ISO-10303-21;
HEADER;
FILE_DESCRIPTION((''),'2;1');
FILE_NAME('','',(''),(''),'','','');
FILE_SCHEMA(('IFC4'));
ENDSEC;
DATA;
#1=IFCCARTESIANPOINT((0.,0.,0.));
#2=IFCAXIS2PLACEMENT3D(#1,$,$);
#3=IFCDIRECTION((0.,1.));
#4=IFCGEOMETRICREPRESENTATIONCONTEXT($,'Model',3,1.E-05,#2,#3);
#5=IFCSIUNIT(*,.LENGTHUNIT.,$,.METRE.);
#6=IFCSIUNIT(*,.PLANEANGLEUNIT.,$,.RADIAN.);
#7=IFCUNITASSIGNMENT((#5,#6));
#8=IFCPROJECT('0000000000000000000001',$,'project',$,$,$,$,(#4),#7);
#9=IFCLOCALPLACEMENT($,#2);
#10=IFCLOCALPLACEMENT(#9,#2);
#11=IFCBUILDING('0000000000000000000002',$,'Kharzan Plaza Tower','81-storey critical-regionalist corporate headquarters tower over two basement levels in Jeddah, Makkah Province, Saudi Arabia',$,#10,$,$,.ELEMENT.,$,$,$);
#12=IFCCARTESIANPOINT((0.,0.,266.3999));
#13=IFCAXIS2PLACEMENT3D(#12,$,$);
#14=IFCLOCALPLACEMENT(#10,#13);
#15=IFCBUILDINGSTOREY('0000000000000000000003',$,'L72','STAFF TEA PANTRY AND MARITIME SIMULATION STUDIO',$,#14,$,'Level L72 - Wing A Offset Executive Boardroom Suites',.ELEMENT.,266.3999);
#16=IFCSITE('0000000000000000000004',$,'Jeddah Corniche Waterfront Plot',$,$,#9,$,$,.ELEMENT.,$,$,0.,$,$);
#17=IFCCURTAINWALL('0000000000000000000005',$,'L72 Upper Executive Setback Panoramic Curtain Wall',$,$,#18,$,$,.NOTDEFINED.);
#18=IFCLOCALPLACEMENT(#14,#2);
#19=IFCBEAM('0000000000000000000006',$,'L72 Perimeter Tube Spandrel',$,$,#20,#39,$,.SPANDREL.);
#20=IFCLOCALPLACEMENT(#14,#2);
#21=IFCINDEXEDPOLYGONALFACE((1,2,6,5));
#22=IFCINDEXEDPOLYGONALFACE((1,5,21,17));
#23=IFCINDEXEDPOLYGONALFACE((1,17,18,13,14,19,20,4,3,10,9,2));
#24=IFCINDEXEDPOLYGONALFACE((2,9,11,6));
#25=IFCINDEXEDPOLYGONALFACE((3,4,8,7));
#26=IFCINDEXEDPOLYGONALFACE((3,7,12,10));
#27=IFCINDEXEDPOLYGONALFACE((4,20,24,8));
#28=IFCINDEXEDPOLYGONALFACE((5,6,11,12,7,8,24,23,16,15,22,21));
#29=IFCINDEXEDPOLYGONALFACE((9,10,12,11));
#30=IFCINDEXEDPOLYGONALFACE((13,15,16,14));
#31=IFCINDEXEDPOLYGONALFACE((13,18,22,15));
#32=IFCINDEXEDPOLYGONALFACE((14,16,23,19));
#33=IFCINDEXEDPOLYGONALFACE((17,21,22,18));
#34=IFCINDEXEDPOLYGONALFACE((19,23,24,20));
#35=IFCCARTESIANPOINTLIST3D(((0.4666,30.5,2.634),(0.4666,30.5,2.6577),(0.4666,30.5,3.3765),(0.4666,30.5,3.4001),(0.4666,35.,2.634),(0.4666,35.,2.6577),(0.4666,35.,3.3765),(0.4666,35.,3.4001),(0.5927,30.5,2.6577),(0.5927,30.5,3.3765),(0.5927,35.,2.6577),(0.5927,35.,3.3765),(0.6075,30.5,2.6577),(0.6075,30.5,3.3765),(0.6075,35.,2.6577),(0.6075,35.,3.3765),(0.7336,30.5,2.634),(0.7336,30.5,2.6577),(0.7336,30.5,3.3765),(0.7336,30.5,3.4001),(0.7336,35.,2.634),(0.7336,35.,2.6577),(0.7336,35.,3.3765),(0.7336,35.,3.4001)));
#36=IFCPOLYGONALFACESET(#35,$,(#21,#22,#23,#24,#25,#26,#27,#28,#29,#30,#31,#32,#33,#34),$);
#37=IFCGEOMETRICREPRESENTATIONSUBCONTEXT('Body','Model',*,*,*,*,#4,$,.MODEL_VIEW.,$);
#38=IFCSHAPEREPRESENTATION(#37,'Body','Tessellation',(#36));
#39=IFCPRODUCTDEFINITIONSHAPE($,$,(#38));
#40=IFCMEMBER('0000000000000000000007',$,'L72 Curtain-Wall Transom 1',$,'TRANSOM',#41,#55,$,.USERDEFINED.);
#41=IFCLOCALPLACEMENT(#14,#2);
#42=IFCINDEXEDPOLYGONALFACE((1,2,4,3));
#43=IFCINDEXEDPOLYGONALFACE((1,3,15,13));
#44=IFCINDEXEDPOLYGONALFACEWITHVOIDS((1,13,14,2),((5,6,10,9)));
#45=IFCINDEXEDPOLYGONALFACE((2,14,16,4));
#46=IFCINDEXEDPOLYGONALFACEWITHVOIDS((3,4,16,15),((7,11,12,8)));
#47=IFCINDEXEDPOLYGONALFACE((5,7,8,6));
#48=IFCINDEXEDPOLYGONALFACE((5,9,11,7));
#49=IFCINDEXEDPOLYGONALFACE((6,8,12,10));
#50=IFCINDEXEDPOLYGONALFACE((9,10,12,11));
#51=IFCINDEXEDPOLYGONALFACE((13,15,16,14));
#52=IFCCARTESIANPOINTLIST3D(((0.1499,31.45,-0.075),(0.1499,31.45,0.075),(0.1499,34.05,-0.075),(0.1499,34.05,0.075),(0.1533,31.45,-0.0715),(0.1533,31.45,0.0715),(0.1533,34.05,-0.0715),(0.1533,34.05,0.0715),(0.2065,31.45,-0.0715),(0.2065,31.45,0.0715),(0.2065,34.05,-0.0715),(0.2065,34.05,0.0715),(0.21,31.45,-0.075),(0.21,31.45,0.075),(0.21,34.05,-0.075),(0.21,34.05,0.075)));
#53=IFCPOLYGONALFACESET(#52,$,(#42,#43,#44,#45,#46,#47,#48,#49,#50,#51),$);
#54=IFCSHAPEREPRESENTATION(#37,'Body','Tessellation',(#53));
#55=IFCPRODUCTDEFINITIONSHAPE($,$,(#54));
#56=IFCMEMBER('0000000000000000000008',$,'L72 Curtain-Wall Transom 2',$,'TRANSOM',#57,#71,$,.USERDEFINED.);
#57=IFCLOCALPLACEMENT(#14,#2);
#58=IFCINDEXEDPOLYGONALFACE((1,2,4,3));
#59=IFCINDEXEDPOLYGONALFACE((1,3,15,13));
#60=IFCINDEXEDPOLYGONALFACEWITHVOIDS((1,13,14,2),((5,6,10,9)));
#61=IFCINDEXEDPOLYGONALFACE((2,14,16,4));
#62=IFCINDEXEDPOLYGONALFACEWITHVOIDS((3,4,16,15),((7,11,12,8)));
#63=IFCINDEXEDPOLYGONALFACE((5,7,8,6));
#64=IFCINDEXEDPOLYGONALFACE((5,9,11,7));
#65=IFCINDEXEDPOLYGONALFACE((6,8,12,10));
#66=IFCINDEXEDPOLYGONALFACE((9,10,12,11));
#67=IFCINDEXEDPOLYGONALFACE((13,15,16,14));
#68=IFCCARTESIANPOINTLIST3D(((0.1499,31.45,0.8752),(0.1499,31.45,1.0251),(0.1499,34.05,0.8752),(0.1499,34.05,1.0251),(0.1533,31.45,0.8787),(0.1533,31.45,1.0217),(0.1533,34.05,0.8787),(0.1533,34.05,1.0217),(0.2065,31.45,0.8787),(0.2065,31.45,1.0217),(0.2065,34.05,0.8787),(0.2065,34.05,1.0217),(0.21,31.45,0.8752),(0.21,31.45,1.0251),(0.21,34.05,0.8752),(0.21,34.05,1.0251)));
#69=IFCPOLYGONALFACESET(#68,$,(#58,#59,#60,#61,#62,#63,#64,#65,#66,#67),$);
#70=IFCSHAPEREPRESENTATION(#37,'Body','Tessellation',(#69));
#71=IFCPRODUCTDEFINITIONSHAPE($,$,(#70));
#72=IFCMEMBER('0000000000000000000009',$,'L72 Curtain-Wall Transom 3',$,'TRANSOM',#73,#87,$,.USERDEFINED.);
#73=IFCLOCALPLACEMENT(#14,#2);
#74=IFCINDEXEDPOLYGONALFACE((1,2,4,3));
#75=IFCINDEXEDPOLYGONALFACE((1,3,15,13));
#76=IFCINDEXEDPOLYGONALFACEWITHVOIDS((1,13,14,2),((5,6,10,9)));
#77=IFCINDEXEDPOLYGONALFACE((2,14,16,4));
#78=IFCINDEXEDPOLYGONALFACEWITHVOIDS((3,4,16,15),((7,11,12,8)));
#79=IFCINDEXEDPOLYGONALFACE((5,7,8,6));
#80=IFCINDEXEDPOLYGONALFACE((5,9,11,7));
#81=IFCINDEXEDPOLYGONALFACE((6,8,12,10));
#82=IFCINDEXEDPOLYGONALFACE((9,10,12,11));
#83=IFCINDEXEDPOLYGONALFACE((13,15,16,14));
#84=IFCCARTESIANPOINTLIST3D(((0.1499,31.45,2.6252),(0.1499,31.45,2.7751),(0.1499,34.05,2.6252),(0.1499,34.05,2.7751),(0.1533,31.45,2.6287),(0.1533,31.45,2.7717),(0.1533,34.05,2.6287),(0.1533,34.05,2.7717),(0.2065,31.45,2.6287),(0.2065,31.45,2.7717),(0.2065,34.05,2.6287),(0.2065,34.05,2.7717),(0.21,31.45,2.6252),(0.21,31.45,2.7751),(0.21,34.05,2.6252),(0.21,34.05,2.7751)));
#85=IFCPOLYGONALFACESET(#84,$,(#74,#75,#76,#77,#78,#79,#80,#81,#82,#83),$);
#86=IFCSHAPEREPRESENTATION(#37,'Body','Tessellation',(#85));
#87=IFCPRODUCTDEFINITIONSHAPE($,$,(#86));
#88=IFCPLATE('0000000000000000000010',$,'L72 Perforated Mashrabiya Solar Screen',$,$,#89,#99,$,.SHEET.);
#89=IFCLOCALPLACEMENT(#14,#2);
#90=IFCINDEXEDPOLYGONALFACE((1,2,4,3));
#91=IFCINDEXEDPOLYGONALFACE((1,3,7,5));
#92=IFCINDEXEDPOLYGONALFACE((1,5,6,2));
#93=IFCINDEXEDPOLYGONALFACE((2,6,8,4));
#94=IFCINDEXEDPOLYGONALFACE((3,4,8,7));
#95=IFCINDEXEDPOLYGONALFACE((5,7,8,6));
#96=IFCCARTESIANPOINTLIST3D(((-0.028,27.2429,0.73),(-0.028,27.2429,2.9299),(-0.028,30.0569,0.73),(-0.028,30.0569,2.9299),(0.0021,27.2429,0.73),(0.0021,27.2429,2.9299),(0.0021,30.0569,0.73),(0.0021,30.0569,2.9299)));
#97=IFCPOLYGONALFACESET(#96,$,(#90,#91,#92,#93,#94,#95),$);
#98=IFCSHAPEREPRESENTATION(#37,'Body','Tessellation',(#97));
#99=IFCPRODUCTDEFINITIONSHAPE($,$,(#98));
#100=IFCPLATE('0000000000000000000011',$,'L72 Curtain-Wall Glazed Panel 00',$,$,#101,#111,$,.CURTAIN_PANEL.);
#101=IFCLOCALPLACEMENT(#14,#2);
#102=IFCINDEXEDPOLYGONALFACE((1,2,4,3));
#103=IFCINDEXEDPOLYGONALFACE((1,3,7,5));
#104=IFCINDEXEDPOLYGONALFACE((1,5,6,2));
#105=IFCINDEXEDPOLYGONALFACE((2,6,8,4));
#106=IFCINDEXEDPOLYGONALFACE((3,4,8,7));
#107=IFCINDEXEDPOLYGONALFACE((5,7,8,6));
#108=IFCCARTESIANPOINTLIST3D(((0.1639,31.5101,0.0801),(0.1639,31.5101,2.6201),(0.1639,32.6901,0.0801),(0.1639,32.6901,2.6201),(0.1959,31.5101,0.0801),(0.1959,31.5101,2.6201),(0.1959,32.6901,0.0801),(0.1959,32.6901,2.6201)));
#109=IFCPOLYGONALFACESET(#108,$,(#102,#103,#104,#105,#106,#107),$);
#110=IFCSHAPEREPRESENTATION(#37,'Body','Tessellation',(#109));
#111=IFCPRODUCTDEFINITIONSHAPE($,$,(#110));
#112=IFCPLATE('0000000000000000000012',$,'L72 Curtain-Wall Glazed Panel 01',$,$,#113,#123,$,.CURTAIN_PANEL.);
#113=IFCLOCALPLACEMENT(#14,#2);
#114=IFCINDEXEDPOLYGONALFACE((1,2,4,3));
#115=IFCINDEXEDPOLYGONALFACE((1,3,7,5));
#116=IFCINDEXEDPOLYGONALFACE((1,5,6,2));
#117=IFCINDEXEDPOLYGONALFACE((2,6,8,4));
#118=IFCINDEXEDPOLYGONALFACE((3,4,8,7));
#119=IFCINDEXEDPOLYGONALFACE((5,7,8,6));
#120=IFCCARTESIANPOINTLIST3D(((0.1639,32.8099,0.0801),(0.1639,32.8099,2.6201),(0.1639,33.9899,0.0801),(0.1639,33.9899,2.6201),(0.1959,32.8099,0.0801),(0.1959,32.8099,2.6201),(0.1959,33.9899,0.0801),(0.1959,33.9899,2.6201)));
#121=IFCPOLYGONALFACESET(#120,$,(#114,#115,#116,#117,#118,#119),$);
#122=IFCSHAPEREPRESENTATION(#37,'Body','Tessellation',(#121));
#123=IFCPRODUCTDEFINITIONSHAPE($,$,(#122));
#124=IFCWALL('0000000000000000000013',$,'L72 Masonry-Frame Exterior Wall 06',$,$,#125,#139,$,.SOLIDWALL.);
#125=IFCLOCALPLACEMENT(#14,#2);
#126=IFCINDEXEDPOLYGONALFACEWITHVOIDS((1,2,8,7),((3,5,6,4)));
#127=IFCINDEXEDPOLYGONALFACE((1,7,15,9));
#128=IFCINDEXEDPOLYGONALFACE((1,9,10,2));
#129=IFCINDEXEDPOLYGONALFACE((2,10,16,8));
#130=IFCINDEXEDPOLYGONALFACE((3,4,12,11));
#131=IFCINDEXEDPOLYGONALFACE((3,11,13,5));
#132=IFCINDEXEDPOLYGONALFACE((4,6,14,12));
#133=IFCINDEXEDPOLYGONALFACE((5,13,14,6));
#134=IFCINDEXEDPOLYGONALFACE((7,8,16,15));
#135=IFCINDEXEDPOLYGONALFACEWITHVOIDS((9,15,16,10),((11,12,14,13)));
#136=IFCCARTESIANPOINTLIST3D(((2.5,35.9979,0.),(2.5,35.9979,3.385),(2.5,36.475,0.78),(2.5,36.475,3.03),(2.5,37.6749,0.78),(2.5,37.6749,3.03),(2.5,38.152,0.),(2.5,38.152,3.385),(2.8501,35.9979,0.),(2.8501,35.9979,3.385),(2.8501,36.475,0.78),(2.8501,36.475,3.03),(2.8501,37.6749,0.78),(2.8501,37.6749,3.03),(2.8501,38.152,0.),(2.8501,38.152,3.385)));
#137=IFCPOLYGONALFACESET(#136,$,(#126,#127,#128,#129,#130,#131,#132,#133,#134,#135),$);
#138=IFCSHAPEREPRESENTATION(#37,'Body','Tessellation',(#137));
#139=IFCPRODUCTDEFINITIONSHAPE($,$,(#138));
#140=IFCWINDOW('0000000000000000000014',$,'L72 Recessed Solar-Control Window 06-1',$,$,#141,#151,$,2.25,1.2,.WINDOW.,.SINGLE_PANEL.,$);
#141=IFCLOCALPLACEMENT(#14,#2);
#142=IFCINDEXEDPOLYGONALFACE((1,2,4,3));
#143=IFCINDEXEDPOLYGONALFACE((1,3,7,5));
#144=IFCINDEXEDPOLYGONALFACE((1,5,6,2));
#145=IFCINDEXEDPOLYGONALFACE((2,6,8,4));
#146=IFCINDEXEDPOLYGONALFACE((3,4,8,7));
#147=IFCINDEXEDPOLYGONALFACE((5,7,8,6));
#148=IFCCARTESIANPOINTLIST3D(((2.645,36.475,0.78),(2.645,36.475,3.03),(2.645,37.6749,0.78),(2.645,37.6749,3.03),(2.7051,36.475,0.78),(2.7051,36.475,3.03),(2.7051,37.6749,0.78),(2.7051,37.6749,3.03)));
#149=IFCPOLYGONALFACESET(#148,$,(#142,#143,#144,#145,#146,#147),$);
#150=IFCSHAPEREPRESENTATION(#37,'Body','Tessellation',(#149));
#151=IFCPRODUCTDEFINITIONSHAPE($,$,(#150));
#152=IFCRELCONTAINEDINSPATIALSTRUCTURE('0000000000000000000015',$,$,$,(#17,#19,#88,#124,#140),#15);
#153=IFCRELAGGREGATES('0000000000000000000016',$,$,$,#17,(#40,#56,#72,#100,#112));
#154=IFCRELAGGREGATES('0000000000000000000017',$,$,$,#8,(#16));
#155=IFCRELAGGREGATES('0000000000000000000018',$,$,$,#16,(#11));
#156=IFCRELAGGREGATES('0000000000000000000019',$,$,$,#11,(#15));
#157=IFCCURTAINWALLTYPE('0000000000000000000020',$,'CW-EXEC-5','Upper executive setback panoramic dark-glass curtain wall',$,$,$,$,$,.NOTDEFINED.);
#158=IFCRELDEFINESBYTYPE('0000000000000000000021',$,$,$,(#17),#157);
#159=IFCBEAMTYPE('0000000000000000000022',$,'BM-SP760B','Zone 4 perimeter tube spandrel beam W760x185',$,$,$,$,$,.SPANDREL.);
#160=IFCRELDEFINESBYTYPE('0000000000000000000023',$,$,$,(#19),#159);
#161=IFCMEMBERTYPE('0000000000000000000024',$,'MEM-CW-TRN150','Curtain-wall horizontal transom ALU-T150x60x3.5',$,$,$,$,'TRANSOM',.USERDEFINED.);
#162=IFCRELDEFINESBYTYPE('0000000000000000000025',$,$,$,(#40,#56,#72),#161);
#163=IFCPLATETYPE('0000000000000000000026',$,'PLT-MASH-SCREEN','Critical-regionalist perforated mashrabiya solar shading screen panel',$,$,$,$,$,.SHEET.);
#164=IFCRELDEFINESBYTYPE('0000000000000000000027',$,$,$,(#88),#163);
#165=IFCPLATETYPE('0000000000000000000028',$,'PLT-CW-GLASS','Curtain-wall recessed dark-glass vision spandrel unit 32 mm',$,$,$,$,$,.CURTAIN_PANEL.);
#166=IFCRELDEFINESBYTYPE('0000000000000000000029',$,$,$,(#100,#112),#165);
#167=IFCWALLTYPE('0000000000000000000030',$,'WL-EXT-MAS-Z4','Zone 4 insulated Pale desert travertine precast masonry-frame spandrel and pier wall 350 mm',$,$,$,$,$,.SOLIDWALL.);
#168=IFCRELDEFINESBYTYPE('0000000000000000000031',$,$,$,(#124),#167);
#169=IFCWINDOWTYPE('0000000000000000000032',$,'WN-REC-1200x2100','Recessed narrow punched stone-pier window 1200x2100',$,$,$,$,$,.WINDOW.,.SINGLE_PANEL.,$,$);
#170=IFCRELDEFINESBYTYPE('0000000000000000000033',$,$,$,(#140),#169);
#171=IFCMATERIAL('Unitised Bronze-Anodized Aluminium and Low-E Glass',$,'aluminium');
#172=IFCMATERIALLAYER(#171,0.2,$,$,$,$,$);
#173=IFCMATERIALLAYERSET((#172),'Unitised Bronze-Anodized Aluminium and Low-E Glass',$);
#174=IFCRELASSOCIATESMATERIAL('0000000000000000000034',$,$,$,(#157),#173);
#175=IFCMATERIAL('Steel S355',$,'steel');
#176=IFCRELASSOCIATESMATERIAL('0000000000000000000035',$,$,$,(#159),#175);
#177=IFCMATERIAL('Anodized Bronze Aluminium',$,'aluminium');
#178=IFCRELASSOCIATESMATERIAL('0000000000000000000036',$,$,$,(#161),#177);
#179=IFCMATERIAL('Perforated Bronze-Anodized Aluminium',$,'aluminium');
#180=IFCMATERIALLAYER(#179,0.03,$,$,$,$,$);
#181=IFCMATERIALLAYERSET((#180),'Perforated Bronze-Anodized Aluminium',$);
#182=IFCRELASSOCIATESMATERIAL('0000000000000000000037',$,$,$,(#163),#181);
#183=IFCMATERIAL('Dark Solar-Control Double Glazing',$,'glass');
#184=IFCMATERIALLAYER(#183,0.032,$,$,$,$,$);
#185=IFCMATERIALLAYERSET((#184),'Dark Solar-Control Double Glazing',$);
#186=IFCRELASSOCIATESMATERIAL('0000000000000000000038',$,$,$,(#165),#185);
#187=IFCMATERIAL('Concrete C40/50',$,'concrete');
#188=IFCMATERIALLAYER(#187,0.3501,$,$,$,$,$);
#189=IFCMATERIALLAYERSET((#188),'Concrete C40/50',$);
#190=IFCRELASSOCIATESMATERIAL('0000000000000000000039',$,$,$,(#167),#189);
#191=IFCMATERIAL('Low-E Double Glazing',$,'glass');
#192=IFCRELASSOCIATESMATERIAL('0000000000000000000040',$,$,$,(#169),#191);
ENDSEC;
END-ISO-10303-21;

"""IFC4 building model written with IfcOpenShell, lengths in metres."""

from ifc_helpers import new_model, si_unit, direction, frame, frame_2d, origin, origin_2d, place, context, subcontext, project, spatial, rectangle, hollow_rectangle, i_section, extrude, source, transform, mapped, material, layer, layer_set, material_profile, profile_set, type_object, element, fill, aggregate, save


model = new_model("IFC4")

# Units and contexts
model_context = context("Model", 3, precision=1e-05, world=origin(), true_north=direction((0.0, 1.0)))
body_context = subcontext(model_context, "Body", "Model", "MODEL_VIEW")
ifc_project = project(units=[si_unit("LENGTHUNIT", "METRE"), si_unit("PLANEANGLEUNIT", "RADIAN")], contexts=[model_context])

# Site, building, storey
site_placement = place(None, origin())
site = spatial("IfcSite", under=ifc_project, at=site_placement, Name="Jeddah Corniche Waterfront Plot", CompositionType="ELEMENT", RefElevation=0.0)
building_placement = place(site_placement, origin())
building = spatial("IfcBuilding", under=site, at=building_placement, Name="Kharzan Plaza Tower", Description="81-storey critical-regionalist corporate headquarters tower over two basement levels in Jeddah, Makkah Province, Saudi Arabia", CompositionType="ELEMENT")
storey_placement = place(building_placement, frame((0.0, 0.0, 266.3999)))
storey = spatial("IfcBuildingStorey", under=building, at=storey_placement, Name="L72", Description="STAFF TEA PANTRY AND MARITIME SIMULATION STUDIO", LongName="Level L72 - Wing A Offset Executive Boardroom Suites", CompositionType="ELEMENT", Elevation=266.3999)

# Shared definitions
ifc_material_1 = material(Name="Steel S355", Category="steel")

# Curtain wall
ifc_material_2 = material(Name="Unitised Bronze-Anodized Aluminium and Low-E Glass", Category="aluminium")
ifc_layer_1 = layer(ifc_material_2, 0.2)
ifc_layer_set_1 = layer_set([ifc_layer_1], Name="Unitised Bronze-Anodized Aluminium and Low-E Glass")
curtain_wall_type = type_object("IfcCurtainWallType", Name="CW-EXEC-5", Description="Upper executive setback panoramic dark-glass curtain wall", PredefinedType="NOTDEFINED", material=ifc_layer_set_1)
curtain_wall_placement = place(storey_placement, origin())
curtain_wall = element("IfcCurtainWall", 1, at=curtain_wall_placement, inside=storey, type_object=curtain_wall_type, Name="L72 Upper Executive Setback Panoramic Curtain Wall", PredefinedType="NOTDEFINED")
ifc_material_3 = material(Name="Anodized Bronze Aluminium", Category="aluminium")

# Beam
ifc_material_profile_1 = material_profile(ifc_material_1, i_section(OverallWidth=0.2671, OverallDepth=0.7661, WebThickness=0.0149, FlangeThickness=0.0237, at=origin_2d()), Name="W760x185")
ifc_profile_set_1 = profile_set([ifc_material_profile_1], Name="Steel S355")
beam_type_1 = type_object("IfcBeamType", Name="BM-SP760B", Description="Zone 4 perimeter tube spandrel beam W760x185", PredefinedType="SPANDREL", material=ifc_profile_set_1)
shared_shape_1 = source(origin(), body_context, "Body", "SweptSolid", [
    extrude(i_section(OverallWidth=0.2671, OverallDepth=0.7661, WebThickness=0.0149, FlangeThickness=0.0237, at=origin_2d()), origin(), (0.0, 0.0, 1.0), 4.5),
])
beam_1_placement = place(storey_placement, frame((0.6001, 30.5, 3.0171), z_axis=(0.0, 1.0, 0.0), x_axis=(-1.0, 0.0, 0.0)))
element("IfcBeam", 2, at=beam_1_placement, inside=storey, type_object=beam_type_1, Name="L72 Perimeter Tube Spandrel", PredefinedType="SPANDREL", context=body_context, shape_type="MappedRepresentation", body=[
    mapped(shared_shape_1, transform((0.0, 0.0, 0.0), x_axis=(1.0, 0.0, 0.0), y_axis=(0.0, 1.0, 0.0), z_axis=(0.0, 0.0, 1.0))),
])

# Members
ifc_material_profile_2 = material_profile(ifc_material_3, hollow_rectangle(XDim=0.0601, YDim=0.1499, WallThickness=0.0034, at=origin_2d()), Name="ALU-T150x60x3.5")
ifc_profile_set_2 = profile_set([ifc_material_profile_2], Name="Anodized Bronze Aluminium")
member_type_1 = type_object("IfcMemberType", Name="MEM-CW-TRN150", Description="Curtain-wall horizontal transom ALU-T150x60x3.5", ElementType="TRANSOM", PredefinedType="USERDEFINED", material=ifc_profile_set_2)
shared_shape_2 = source(origin(), body_context, "Body", "SweptSolid", [
    extrude(hollow_rectangle(XDim=0.0601, YDim=0.1499, WallThickness=0.0034, at=origin_2d()), origin(), (0.0, 0.0, 1.0), 2.6001),
])
member_1_placement = place(storey_placement, frame((0.1799, 31.45, 0.0), z_axis=(0.0, 1.0, 0.0), x_axis=(-1.0, 0.0, 0.0)))
member_1 = element("IfcMember", 3, at=member_1_placement, type_object=member_type_1, Name="L72 Curtain-Wall Transom 1", ObjectType="TRANSOM", PredefinedType="USERDEFINED", context=body_context, shape_type="MappedRepresentation", body=[
    mapped(shared_shape_2, transform((0.0, 0.0, 0.0), x_axis=(1.0, 0.0, 0.0), y_axis=(0.0, 1.0, 0.0), z_axis=(0.0, 0.0, 1.0))),
])
member_2_placement = place(storey_placement, frame((0.1799, 31.45, 0.9502), z_axis=(0.0, 1.0, 0.0), x_axis=(-1.0, 0.0, 0.0)))
member_2 = element("IfcMember", 4, at=member_2_placement, type_object=member_type_1, Name="L72 Curtain-Wall Transom 2", ObjectType="TRANSOM", PredefinedType="USERDEFINED", context=body_context, shape_type="MappedRepresentation", body=[
    mapped(shared_shape_2, transform((0.0, 0.0, 0.0), x_axis=(1.0, 0.0, 0.0), y_axis=(0.0, 1.0, 0.0), z_axis=(0.0, 0.0, 1.0))),
])
member_3_placement = place(storey_placement, frame((0.1799, 31.45, 2.7002), z_axis=(0.0, 1.0, 0.0), x_axis=(-1.0, 0.0, 0.0)))
member_3 = element("IfcMember", 5, at=member_3_placement, type_object=member_type_1, Name="L72 Curtain-Wall Transom 3", ObjectType="TRANSOM", PredefinedType="USERDEFINED", context=body_context, shape_type="MappedRepresentation", body=[
    mapped(shared_shape_2, transform((0.0, 0.0, 0.0), x_axis=(1.0, 0.0, 0.0), y_axis=(0.0, 1.0, 0.0), z_axis=(0.0, 0.0, 1.0))),
])

# Plates
ifc_material_4 = material(Name="Perforated Bronze-Anodized Aluminium", Category="aluminium")
ifc_layer_2 = layer(ifc_material_4, 0.03)
ifc_layer_set_2 = layer_set([ifc_layer_2], Name="Perforated Bronze-Anodized Aluminium")
plate_type_1 = type_object("IfcPlateType", Name="PLT-MASH-SCREEN", Description="Critical-regionalist perforated mashrabiya solar shading screen panel", PredefinedType="SHEET", material=ifc_layer_set_2)
shared_shape_3 = source(origin(), body_context, "Body", "SweptSolid", [
    extrude(rectangle(XDim=2.814, YDim=0.03, at=origin_2d()), origin(), (0.0, 0.0, 1.0), 2.2),
])
plate_1_placement = place(storey_placement, frame((-0.0129, 28.6499, 0.73), z_axis=(0.0, 0.0, 1.0), x_axis=(0.0, -1.0, 0.0)))
element("IfcPlate", 6, at=plate_1_placement, inside=storey, type_object=plate_type_1, Name="L72 Perforated Mashrabiya Solar Screen", PredefinedType="SHEET", context=body_context, shape_type="MappedRepresentation", body=[
    mapped(shared_shape_3, transform((0.0, 0.0, 0.0), x_axis=(1.0, 0.0, 0.0), y_axis=(0.0, 1.0, 0.0), z_axis=(0.0, 0.0, 1.0))),
])
ifc_material_5 = material(Name="Dark Solar-Control Double Glazing", Category="glass")
ifc_layer_3 = layer(ifc_material_5, 0.032)
ifc_layer_set_3 = layer_set([ifc_layer_3], Name="Dark Solar-Control Double Glazing")
plate_type_2 = type_object("IfcPlateType", Name="PLT-CW-GLASS", Description="Curtain-wall recessed dark-glass vision spandrel unit 32 mm", PredefinedType="CURTAIN_PANEL", material=ifc_layer_set_3)
shared_shape_4 = source(origin(), body_context, "Body", "SweptSolid", [
    extrude(rectangle(XDim=1.1799, YDim=0.032, at=origin_2d()), origin(), (0.0, 0.0, 1.0), 2.54),
])
plate_2_placement = place(storey_placement, frame((0.1799, 32.1001, 0.0801), z_axis=(0.0, 0.0, 1.0), x_axis=(0.0, 1.0, 0.0)))
plate_2 = element("IfcPlate", 7, at=plate_2_placement, type_object=plate_type_2, Name="L72 Curtain-Wall Glazed Panel 00", PredefinedType="CURTAIN_PANEL", context=body_context, shape_type="MappedRepresentation", body=[
    mapped(shared_shape_4, transform((0.0, 0.0, 0.0), x_axis=(1.0, 0.0, 0.0), y_axis=(0.0, 1.0, 0.0), z_axis=(0.0, 0.0, 1.0))),
])
plate_3_placement = place(storey_placement, frame((0.1799, 33.3999, 0.0801), z_axis=(0.0, 0.0, 1.0), x_axis=(0.0, 1.0, 0.0)))
plate_3 = element("IfcPlate", 8, at=plate_3_placement, type_object=plate_type_2, Name="L72 Curtain-Wall Glazed Panel 01", PredefinedType="CURTAIN_PANEL", context=body_context, shape_type="MappedRepresentation", body=[
    mapped(shared_shape_4, transform((0.0, 0.0, 0.0), x_axis=(1.0, 0.0, 0.0), y_axis=(0.0, 1.0, 0.0), z_axis=(0.0, 0.0, 1.0))),
])
aggregate(curtain_wall, [member_1, member_2, member_3, plate_2, plate_3])

# Wall, opening, window
ifc_material_6 = material(Name="Concrete C40/50", Category="concrete")
ifc_layer_4 = layer(ifc_material_6, 0.3501)
ifc_layer_set_4 = layer_set([ifc_layer_4], Name="Concrete C40/50")
wall_type_1 = type_object("IfcWallType", Name="WL-EXT-MAS-Z4", Description="Zone 4 insulated Pale desert travertine precast masonry-frame spandrel and pier wall 350 mm", PredefinedType="SOLIDWALL", material=ifc_layer_set_4)
wall_1_placement = place(storey_placement, frame((2.675, 38.1521, 0.0), z_axis=(0.0, 0.0, 1.0), x_axis=(0.0, -1.0, 0.0)))
wall_1 = element("IfcWall", 9, at=wall_1_placement, inside=storey, type_object=wall_type_1, Name="L72 Masonry-Frame Exterior Wall 06", PredefinedType="SOLIDWALL", context=body_context, shape_type="SweptSolid", body=[
    extrude(rectangle(XDim=2.1541, YDim=0.3501, at=frame_2d((1.0771, 0.0))), origin(), (0.0, 0.0, 1.0), 3.385),
])
opening_1_placement = place(wall_1_placement, frame((0.4771, 0.0, 0.78)))
opening_1 = element("IfcOpeningElement", 10, at=opening_1_placement, cuts=wall_1, PredefinedType="OPENING", context=body_context, shape_type="SweptSolid", body=[
    extrude(rectangle(XDim=1.2, YDim=2.25, at=frame_2d((0.6001, 1.125))), frame((0.0, 0.1851, 0.0), z_axis=(0.0, -1.0, 0.0), x_axis=(1.0, 0.0, 0.0)), (0.0, 0.0, 1.0), 0.3701),
])
ifc_material_7 = material(Name="Low-E Double Glazing", Category="glass")
window_type = type_object("IfcWindowType", Name="WN-REC-1200x2100", Description="Recessed narrow punched stone-pier window 1200x2100", PartitioningType="SINGLE_PANEL", PredefinedType="WINDOW", material=ifc_material_7)
shared_shape_5 = source(origin(), body_context, "Body", "SweptSolid", [
    extrude(rectangle(XDim=1.2, YDim=2.25, at=frame_2d((0.6001, 1.125))), frame((0.0, 0.03, 0.0), z_axis=(0.0, -1.0, 0.0), x_axis=(1.0, 0.0, 0.0)), (0.0, 0.0, 1.0), 0.0601),
])
window_1_placement = place(opening_1_placement, origin())
window_1 = element("IfcWindow", 11, at=window_1_placement, inside=storey, type_object=window_type, Name="L72 Recessed Solar-Control Window 06-1", OverallHeight=2.25, OverallWidth=1.2, PartitioningType="SINGLE_PANEL", PredefinedType="WINDOW", context=body_context, shape_type="MappedRepresentation", body=[
    mapped(shared_shape_5, transform((0.0, 0.0, 0.0), x_axis=(1.0, 0.0, 0.0), y_axis=(0.0, 1.0, 0.0), z_axis=(0.0, 0.0, 1.0))),
])
fill(opening_1, window_1)

save(model, "model.ifc")
